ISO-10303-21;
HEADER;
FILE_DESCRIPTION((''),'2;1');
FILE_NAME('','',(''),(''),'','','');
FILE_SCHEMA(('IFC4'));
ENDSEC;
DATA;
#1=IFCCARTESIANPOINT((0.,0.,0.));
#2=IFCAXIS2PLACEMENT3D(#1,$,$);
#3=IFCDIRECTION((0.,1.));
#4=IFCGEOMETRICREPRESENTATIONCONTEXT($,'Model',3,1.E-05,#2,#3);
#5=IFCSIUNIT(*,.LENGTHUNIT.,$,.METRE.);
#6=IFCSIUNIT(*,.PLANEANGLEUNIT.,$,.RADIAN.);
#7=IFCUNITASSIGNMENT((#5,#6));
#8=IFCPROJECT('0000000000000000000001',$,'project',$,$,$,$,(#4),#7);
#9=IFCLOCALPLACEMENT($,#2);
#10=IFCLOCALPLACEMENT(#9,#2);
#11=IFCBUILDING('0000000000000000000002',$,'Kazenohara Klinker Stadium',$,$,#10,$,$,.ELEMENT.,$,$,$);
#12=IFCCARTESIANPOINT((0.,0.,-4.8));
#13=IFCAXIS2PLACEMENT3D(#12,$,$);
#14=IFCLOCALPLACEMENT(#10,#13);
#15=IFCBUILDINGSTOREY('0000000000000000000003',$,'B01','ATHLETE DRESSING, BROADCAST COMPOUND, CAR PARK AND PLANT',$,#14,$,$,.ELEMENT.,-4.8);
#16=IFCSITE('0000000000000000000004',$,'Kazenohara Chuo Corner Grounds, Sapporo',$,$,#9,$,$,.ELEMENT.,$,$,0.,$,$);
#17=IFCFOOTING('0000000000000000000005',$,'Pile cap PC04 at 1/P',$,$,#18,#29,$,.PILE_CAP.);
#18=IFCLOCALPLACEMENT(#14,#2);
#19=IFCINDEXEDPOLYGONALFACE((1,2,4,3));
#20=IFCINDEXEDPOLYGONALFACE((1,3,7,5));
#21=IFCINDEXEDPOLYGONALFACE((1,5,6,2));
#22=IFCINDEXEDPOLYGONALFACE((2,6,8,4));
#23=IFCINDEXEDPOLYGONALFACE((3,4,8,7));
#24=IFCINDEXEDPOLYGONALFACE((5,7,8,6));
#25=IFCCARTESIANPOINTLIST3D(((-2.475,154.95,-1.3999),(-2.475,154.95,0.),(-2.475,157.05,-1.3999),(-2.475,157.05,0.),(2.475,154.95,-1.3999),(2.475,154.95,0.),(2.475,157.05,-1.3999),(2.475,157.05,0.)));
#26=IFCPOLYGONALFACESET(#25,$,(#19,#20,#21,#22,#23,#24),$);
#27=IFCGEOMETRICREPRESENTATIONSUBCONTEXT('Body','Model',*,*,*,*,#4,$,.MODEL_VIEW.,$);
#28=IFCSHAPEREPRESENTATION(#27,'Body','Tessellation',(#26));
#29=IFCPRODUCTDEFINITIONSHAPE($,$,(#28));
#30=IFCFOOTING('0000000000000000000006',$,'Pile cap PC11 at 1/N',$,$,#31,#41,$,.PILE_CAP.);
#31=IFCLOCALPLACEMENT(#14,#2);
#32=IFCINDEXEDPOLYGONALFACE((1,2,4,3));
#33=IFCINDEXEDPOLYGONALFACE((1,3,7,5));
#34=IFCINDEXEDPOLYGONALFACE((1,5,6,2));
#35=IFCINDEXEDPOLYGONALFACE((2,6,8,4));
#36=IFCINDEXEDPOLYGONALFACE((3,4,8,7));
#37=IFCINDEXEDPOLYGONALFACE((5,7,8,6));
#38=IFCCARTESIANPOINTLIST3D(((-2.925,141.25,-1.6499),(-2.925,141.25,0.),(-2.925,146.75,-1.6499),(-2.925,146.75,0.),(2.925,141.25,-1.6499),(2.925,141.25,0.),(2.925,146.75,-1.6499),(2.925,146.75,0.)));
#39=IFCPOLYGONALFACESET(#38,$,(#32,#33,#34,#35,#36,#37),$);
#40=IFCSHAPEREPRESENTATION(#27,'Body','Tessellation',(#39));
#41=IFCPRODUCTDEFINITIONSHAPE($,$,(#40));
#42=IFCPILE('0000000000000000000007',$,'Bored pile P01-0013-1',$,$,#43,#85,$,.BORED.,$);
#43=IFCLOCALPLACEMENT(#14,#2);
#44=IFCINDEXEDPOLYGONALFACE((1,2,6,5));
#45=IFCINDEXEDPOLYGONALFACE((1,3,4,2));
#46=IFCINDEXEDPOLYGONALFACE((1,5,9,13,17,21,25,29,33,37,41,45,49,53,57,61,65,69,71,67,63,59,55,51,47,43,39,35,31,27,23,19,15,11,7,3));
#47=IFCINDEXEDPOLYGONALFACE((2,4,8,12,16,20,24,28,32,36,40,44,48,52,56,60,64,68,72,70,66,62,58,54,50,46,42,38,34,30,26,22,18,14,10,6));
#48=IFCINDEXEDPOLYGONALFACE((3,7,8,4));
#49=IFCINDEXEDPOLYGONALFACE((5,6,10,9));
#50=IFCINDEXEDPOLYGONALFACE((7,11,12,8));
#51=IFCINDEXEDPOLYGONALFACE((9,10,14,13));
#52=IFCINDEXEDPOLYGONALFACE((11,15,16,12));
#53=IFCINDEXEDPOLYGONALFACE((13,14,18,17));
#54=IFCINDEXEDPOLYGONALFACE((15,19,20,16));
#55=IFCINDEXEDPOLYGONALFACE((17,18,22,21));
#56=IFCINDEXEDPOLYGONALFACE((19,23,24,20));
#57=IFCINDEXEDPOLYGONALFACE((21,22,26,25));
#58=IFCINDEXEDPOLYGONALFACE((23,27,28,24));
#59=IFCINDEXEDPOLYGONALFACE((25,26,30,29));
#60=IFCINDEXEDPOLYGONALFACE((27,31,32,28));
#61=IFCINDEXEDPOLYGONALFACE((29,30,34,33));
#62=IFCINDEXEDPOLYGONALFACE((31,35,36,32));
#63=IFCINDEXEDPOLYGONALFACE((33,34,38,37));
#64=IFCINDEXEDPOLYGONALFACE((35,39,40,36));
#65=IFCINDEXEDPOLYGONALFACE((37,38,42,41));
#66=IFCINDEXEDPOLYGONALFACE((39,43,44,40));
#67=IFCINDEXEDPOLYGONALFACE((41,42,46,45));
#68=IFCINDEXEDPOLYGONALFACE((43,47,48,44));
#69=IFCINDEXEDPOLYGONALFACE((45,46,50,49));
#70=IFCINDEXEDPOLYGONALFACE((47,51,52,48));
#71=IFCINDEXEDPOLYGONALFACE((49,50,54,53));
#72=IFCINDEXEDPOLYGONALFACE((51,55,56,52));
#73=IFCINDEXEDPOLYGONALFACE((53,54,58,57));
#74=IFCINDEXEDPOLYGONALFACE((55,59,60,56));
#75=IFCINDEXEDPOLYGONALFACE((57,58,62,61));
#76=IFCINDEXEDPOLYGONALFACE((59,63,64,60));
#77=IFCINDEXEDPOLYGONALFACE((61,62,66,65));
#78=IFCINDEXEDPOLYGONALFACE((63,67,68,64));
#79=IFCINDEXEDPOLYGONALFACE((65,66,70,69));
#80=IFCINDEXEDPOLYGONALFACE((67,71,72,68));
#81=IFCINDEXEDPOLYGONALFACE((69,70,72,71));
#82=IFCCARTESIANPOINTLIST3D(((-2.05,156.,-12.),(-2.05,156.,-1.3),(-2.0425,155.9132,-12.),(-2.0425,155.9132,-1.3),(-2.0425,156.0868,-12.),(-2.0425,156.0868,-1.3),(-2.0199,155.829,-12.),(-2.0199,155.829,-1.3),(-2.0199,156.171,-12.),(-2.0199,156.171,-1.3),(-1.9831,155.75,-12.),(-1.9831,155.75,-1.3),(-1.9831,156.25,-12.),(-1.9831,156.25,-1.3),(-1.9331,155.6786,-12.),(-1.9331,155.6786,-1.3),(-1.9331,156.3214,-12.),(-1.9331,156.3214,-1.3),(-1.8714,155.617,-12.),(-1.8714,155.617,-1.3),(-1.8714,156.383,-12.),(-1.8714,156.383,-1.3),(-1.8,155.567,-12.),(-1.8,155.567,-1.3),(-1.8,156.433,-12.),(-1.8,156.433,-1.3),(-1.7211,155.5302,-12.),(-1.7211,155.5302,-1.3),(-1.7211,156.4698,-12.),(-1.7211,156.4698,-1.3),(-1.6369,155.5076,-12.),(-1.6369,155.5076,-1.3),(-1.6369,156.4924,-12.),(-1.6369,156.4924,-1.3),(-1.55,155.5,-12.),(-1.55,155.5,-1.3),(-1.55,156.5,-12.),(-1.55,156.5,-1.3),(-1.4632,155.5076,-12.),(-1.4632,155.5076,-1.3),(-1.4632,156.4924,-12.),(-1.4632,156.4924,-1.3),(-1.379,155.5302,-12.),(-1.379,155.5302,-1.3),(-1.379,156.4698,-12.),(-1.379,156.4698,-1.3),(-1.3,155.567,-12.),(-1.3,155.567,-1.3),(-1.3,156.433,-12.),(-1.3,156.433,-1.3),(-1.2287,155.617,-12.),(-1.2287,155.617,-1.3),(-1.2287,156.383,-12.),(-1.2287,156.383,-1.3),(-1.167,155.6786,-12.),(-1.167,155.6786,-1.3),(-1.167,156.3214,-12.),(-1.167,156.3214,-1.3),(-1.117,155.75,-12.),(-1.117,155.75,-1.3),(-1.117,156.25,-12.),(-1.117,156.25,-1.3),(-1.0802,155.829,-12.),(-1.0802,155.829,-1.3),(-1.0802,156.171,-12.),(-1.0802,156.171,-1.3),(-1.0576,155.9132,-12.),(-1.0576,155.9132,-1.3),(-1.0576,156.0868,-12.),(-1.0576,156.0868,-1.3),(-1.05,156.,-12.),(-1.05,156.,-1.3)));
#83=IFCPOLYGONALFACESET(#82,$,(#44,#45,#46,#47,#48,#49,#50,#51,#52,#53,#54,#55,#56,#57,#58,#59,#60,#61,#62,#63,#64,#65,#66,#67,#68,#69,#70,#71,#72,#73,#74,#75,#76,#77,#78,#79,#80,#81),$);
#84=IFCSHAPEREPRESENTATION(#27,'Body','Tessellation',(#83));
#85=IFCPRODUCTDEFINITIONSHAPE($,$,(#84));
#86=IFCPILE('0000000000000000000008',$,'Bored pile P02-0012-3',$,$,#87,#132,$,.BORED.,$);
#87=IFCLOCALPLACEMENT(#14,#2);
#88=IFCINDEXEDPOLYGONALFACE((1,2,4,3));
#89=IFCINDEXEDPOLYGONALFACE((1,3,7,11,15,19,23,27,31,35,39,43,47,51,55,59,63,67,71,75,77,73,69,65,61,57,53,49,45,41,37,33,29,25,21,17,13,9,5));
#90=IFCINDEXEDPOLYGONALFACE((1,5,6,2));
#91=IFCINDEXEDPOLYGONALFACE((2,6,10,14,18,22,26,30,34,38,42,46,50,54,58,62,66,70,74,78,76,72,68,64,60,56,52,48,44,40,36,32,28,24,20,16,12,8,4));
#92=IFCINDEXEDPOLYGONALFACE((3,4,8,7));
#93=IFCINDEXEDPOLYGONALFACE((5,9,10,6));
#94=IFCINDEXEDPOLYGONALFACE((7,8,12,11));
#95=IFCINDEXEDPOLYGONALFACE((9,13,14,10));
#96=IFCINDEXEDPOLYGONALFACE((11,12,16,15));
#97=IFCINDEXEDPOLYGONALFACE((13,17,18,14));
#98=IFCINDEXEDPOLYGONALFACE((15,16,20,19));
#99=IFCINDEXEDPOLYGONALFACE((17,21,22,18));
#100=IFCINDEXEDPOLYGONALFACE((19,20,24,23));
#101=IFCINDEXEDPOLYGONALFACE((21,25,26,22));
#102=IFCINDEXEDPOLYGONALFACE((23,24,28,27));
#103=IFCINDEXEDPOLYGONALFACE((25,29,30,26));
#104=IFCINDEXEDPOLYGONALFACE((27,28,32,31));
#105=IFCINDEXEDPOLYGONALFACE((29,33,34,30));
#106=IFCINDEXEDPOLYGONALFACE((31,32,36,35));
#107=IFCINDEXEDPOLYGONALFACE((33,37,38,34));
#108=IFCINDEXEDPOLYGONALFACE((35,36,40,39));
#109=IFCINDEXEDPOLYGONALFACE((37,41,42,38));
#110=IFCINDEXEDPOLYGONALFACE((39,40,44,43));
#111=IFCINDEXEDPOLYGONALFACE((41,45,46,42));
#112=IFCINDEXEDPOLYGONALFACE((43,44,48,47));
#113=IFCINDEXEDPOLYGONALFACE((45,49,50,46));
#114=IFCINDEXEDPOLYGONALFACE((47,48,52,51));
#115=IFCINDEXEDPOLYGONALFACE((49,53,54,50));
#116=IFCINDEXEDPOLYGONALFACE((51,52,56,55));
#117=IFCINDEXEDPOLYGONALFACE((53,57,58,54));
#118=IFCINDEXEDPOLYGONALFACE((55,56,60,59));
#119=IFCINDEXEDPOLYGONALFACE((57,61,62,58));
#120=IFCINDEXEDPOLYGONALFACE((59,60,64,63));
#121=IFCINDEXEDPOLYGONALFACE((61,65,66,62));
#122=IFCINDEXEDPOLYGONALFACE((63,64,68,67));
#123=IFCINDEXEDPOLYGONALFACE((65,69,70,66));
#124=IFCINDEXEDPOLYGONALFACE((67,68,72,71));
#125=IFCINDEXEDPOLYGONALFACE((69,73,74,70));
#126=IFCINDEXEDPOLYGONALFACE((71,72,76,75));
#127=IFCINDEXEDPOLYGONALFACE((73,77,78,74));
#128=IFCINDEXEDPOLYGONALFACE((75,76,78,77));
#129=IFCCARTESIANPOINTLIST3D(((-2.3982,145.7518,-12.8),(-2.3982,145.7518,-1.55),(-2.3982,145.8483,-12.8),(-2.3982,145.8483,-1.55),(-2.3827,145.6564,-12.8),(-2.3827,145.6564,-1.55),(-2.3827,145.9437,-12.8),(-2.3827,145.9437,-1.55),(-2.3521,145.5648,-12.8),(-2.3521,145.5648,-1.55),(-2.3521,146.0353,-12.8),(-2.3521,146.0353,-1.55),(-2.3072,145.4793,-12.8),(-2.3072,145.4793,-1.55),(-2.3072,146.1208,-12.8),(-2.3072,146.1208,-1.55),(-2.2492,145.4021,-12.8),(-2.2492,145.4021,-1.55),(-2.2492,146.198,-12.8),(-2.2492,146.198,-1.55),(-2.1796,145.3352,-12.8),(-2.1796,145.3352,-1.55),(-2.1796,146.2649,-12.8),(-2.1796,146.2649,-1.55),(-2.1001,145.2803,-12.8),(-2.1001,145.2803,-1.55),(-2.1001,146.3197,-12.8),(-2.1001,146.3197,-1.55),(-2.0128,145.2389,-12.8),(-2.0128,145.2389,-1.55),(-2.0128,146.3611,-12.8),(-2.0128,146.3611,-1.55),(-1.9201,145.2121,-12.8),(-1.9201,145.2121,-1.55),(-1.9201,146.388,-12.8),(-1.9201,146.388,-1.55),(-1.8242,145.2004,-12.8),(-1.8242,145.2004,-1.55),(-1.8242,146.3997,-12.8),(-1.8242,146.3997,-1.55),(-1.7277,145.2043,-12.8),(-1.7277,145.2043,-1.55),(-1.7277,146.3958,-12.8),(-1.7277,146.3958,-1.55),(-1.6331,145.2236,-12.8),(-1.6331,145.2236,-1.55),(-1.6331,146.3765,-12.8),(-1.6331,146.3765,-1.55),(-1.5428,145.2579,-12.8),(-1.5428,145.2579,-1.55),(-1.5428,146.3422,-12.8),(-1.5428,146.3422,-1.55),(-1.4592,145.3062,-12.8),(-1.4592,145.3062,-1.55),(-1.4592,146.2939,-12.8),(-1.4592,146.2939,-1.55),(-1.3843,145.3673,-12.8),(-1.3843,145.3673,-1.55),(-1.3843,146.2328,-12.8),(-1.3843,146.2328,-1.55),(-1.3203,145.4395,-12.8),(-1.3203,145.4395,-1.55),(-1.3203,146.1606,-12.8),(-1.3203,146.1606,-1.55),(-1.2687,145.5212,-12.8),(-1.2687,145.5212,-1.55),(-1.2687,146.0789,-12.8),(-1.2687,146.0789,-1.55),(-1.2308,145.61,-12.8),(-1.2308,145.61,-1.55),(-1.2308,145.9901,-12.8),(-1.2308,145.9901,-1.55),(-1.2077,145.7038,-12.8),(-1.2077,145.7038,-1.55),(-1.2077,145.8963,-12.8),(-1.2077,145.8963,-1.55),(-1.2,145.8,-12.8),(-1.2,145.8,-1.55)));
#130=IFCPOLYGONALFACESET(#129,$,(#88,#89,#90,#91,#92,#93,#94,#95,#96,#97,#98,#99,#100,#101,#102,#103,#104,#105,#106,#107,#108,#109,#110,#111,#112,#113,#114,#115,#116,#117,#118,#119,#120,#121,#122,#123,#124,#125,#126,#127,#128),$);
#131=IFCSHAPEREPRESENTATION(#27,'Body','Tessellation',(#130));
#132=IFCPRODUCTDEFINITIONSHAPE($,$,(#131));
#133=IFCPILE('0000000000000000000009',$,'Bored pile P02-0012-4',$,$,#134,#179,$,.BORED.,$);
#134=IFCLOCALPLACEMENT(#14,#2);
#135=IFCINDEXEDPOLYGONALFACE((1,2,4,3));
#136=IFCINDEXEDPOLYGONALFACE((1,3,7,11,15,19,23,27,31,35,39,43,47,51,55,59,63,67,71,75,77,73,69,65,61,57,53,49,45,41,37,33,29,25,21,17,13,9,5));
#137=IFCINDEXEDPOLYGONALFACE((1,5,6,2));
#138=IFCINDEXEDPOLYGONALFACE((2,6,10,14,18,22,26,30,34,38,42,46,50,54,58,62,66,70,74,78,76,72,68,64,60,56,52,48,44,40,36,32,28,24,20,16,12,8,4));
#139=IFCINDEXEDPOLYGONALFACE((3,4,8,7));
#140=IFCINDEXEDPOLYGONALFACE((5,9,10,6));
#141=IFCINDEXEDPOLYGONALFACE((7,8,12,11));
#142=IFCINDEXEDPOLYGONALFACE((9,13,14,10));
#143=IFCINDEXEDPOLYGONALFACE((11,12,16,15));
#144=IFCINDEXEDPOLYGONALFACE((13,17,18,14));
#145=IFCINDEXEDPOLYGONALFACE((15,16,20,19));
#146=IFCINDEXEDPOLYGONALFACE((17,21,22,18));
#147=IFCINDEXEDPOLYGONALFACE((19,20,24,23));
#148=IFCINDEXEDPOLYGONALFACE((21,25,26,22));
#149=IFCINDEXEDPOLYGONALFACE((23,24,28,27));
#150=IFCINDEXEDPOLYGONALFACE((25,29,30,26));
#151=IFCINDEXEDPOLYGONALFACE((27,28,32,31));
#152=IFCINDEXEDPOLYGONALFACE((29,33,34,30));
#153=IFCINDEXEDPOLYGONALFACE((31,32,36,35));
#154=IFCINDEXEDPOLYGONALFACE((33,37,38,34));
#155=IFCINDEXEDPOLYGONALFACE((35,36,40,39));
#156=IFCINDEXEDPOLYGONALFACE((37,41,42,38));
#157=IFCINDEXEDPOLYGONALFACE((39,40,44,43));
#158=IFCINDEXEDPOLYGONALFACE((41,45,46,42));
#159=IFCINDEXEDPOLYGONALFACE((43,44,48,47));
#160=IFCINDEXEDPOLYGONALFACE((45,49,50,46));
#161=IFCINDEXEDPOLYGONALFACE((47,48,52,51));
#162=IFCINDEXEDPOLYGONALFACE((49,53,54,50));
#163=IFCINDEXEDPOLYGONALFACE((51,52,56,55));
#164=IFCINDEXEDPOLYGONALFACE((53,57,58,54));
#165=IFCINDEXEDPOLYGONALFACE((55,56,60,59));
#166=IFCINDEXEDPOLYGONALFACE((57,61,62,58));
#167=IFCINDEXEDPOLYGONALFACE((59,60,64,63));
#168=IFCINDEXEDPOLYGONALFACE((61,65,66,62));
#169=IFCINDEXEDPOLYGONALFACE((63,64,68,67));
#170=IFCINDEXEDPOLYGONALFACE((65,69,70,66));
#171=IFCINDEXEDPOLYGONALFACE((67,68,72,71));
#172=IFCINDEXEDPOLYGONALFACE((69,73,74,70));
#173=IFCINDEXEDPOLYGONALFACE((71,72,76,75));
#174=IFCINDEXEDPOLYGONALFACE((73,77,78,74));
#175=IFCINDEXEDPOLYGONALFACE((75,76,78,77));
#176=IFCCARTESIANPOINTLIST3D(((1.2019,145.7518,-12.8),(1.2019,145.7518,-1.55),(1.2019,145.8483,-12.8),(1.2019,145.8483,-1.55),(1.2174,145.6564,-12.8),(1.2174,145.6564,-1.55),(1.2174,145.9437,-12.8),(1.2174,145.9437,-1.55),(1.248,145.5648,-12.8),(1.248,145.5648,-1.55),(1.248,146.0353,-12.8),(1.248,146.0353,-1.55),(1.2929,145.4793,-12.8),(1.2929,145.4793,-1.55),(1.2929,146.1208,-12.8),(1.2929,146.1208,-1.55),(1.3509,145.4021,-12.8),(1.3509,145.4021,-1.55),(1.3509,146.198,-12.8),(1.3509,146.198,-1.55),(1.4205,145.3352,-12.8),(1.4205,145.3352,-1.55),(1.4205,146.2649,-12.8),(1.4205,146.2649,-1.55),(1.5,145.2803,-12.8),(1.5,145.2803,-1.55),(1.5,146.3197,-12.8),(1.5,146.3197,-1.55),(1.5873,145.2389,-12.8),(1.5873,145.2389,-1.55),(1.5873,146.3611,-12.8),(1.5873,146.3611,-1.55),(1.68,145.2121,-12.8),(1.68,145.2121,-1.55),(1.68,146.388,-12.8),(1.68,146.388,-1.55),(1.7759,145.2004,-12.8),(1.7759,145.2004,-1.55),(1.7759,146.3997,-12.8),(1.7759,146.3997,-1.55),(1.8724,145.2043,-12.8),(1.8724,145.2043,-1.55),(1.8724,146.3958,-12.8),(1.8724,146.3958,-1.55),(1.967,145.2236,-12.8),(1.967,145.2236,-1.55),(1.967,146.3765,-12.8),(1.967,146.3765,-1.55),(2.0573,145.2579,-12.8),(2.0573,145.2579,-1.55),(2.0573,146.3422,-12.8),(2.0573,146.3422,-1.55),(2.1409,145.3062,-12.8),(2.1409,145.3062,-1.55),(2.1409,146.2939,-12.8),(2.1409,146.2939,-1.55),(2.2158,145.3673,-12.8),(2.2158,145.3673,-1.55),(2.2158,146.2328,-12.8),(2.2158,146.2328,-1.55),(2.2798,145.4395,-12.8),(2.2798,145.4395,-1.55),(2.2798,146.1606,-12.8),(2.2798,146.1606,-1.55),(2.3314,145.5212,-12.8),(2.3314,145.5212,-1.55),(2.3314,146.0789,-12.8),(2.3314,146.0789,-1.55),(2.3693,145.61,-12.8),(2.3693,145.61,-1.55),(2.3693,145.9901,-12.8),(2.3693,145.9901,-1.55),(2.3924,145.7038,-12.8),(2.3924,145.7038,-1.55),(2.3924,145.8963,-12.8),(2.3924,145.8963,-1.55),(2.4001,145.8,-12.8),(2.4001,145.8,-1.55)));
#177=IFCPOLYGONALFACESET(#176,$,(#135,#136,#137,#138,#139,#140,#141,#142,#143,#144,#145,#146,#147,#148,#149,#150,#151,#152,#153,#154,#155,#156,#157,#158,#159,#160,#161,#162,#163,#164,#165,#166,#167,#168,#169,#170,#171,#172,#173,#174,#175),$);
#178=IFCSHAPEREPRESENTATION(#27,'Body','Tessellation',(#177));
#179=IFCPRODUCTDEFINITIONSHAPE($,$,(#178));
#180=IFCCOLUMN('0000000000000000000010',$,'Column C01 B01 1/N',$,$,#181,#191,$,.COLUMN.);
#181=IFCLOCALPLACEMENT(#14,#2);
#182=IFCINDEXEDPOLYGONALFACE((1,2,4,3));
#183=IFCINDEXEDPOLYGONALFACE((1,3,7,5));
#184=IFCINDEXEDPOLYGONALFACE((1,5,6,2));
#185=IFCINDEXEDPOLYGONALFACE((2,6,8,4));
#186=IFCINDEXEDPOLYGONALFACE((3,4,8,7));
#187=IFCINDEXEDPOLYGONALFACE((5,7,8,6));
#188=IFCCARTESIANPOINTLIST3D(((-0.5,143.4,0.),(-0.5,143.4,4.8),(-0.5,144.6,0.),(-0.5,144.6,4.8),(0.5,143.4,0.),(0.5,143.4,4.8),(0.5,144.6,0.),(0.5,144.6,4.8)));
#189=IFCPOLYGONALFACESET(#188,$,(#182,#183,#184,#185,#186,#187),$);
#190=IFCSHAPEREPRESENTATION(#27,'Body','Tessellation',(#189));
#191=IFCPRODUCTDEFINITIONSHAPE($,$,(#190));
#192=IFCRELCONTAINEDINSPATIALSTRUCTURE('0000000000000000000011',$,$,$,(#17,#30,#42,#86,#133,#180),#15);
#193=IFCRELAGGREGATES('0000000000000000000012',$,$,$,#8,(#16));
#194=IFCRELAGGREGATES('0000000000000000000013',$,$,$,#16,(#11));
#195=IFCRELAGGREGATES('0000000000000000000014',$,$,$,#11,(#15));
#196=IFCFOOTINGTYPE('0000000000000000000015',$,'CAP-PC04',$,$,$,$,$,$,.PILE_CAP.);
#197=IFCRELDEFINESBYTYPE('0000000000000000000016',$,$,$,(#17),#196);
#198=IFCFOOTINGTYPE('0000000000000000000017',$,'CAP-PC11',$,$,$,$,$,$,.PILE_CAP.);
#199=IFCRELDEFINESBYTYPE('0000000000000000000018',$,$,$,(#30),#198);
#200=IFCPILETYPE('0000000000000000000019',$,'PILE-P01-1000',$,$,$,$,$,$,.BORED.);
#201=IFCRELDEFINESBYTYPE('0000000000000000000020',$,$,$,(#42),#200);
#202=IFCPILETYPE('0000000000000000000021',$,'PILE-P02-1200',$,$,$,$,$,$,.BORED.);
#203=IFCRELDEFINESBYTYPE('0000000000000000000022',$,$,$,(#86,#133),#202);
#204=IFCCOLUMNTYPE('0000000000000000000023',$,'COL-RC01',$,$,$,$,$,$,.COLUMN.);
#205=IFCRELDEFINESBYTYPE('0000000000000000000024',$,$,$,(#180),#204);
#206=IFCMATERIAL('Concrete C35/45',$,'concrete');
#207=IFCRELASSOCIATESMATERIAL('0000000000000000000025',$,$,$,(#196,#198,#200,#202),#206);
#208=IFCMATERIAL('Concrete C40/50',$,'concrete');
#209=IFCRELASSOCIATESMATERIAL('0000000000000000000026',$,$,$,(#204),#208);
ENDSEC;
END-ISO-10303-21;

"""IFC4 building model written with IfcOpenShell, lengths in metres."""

from ifc_helpers import new_model, si_unit, direction, frame, origin, origin_2d, place, context, subcontext, project, spatial, rectangle, circle, extrude, material, material_profile, profile_set, type_object, element, save


model = new_model("IFC4")

# Units and contexts
model_context = context("Model", 3, precision=1e-05, world=origin(), true_north=direction((0.0, 1.0)))
body_context = subcontext(model_context, "Body", "Model", "MODEL_VIEW")
ifc_project = project(units=[si_unit("LENGTHUNIT", "METRE"), si_unit("PLANEANGLEUNIT", "RADIAN")], contexts=[model_context])

# Site, building, storey
site_placement = place(None, origin())
site = spatial("IfcSite", under=ifc_project, at=site_placement, Name="Kazenohara Chuo Corner Grounds, Sapporo", CompositionType="ELEMENT", RefElevation=0.0)
building_placement = place(site_placement, origin())
building = spatial("IfcBuilding", under=site, at=building_placement, Name="Kazenohara Klinker Stadium", CompositionType="ELEMENT")
storey_placement = place(building_placement, frame((0.0, 0.0, -4.8)))
storey = spatial("IfcBuildingStorey", under=building, at=storey_placement, Name="B01", Description="ATHLETE DRESSING, BROADCAST COMPOUND, CAR PARK AND PLANT", CompositionType="ELEMENT", Elevation=-4.8)

# Footings
ifc_material_1 = material(Name="Concrete C35/45", Category="concrete")
footing_type_1 = type_object("IfcFootingType", Name="CAP-PC04", PredefinedType="PILE_CAP", material=ifc_material_1)
footing_1_placement = place(storey_placement, frame((0.0, 156.0, -1.3999), z_axis=(0.0, 0.0, 1.0), x_axis=(1.0, 0.0, 0.0)))
element("IfcFooting", 1, at=footing_1_placement, inside=storey, type_object=footing_type_1, Name="Pile cap PC04 at 1/P", PredefinedType="PILE_CAP", context=body_context, shape_type="SweptSolid", body=[
    extrude(rectangle(XDim=4.95, YDim=2.1001, at=origin_2d()), origin(), (0.0, 0.0, 1.0), 1.3999),
])
footing_type_2 = type_object("IfcFootingType", Name="CAP-PC11", PredefinedType="PILE_CAP", material=ifc_material_1)
footing_2_placement = place(storey_placement, frame((0.0, 144.0, -1.6499), z_axis=(0.0, 0.0, 1.0), x_axis=(1.0, 0.0, 0.0)))
element("IfcFooting", 2, at=footing_2_placement, inside=storey, type_object=footing_type_2, Name="Pile cap PC11 at 1/N", PredefinedType="PILE_CAP", context=body_context, shape_type="SweptSolid", body=[
    extrude(rectangle(XDim=5.8501, YDim=5.5, at=origin_2d()), origin(), (0.0, 0.0, 1.0), 1.6499),
])

# Piles
ifc_material_profile_1 = material_profile(ifc_material_1, circle(Radius=0.5, at=origin_2d()), Name="BORED-PILE-1000")
ifc_profile_set_1 = profile_set([ifc_material_profile_1], Name="Concrete C35/45")
pile_type_1 = type_object("IfcPileType", Name="PILE-P01-1000", PredefinedType="BORED", material=ifc_profile_set_1)
pile_placement = place(storey_placement, frame((-1.55, 156.0, -1.3), z_axis=(0.0, 0.0, -1.0), x_axis=(1.0, 0.0, 0.0)))
element("IfcPile", 3, at=pile_placement, inside=storey, type_object=pile_type_1, Name="Bored pile P01-0013-1", PredefinedType="BORED", context=body_context, shape_type="SweptSolid", body=[
    extrude(circle(Radius=0.5, at=origin_2d()), origin(), (0.0, 0.0, 1.0), 10.7),
])
ifc_material_profile_2 = material_profile(ifc_material_1, circle(Radius=0.6001, at=origin_2d()), Name="BORED-PILE-1200")
ifc_profile_set_2 = profile_set([ifc_material_profile_2], Name="Concrete C35/45")
pile_type_2 = type_object("IfcPileType", Name="PILE-P02-1200", PredefinedType="BORED", material=ifc_profile_set_2)
for number, where, z_axis, x_axis, name in (
    (4, (-1.8, 145.8, -1.55), (0.0, 0.0, -1.0), (1.0, 0.0, 0.0), "Bored pile P02-0012-3"),
    (5, (1.8, 145.8, -1.55), (0.0, 0.0, -1.0), (1.0, 0.0, 0.0), "Bored pile P02-0012-4"),
):
    element("IfcPile", number, at=place(storey_placement, frame(where, z_axis=z_axis, x_axis=x_axis)), inside=storey, type_object=pile_type_2, Name=name, PredefinedType="BORED", context=body_context, shape_type="SweptSolid", body=[
        extrude(circle(Radius=0.6001, at=origin_2d()), origin(), (0.0, 0.0, 1.0), 11.25),
    ])

# Column
ifc_material_2 = material(Name="Concrete C40/50", Category="concrete")
ifc_material_profile_3 = material_profile(ifc_material_2, rectangle(XDim=1.0, YDim=1.2, at=origin_2d()), Name="RC-COL-1200x1000")
ifc_profile_set_3 = profile_set([ifc_material_profile_3], Name="Concrete C40/50")
column_type_1 = type_object("IfcColumnType", Name="COL-RC01", PredefinedType="COLUMN", material=ifc_profile_set_3)
column_1_placement = place(storey_placement, frame((0.0, 144.0, 0.0), z_axis=(0.0, 0.0, 1.0), x_axis=(1.0, 0.0, 0.0)))
element("IfcColumn", 6, at=column_1_placement, inside=storey, type_object=column_type_1, Name="Column C01 B01 1/N", PredefinedType="COLUMN", context=body_context, shape_type="SweptSolid", body=[
    extrude(rectangle(XDim=1.0, YDim=1.2, at=origin_2d()), origin(), (0.0, 0.0, 1.0), 4.8),
])

save(model, "model.ifc")
